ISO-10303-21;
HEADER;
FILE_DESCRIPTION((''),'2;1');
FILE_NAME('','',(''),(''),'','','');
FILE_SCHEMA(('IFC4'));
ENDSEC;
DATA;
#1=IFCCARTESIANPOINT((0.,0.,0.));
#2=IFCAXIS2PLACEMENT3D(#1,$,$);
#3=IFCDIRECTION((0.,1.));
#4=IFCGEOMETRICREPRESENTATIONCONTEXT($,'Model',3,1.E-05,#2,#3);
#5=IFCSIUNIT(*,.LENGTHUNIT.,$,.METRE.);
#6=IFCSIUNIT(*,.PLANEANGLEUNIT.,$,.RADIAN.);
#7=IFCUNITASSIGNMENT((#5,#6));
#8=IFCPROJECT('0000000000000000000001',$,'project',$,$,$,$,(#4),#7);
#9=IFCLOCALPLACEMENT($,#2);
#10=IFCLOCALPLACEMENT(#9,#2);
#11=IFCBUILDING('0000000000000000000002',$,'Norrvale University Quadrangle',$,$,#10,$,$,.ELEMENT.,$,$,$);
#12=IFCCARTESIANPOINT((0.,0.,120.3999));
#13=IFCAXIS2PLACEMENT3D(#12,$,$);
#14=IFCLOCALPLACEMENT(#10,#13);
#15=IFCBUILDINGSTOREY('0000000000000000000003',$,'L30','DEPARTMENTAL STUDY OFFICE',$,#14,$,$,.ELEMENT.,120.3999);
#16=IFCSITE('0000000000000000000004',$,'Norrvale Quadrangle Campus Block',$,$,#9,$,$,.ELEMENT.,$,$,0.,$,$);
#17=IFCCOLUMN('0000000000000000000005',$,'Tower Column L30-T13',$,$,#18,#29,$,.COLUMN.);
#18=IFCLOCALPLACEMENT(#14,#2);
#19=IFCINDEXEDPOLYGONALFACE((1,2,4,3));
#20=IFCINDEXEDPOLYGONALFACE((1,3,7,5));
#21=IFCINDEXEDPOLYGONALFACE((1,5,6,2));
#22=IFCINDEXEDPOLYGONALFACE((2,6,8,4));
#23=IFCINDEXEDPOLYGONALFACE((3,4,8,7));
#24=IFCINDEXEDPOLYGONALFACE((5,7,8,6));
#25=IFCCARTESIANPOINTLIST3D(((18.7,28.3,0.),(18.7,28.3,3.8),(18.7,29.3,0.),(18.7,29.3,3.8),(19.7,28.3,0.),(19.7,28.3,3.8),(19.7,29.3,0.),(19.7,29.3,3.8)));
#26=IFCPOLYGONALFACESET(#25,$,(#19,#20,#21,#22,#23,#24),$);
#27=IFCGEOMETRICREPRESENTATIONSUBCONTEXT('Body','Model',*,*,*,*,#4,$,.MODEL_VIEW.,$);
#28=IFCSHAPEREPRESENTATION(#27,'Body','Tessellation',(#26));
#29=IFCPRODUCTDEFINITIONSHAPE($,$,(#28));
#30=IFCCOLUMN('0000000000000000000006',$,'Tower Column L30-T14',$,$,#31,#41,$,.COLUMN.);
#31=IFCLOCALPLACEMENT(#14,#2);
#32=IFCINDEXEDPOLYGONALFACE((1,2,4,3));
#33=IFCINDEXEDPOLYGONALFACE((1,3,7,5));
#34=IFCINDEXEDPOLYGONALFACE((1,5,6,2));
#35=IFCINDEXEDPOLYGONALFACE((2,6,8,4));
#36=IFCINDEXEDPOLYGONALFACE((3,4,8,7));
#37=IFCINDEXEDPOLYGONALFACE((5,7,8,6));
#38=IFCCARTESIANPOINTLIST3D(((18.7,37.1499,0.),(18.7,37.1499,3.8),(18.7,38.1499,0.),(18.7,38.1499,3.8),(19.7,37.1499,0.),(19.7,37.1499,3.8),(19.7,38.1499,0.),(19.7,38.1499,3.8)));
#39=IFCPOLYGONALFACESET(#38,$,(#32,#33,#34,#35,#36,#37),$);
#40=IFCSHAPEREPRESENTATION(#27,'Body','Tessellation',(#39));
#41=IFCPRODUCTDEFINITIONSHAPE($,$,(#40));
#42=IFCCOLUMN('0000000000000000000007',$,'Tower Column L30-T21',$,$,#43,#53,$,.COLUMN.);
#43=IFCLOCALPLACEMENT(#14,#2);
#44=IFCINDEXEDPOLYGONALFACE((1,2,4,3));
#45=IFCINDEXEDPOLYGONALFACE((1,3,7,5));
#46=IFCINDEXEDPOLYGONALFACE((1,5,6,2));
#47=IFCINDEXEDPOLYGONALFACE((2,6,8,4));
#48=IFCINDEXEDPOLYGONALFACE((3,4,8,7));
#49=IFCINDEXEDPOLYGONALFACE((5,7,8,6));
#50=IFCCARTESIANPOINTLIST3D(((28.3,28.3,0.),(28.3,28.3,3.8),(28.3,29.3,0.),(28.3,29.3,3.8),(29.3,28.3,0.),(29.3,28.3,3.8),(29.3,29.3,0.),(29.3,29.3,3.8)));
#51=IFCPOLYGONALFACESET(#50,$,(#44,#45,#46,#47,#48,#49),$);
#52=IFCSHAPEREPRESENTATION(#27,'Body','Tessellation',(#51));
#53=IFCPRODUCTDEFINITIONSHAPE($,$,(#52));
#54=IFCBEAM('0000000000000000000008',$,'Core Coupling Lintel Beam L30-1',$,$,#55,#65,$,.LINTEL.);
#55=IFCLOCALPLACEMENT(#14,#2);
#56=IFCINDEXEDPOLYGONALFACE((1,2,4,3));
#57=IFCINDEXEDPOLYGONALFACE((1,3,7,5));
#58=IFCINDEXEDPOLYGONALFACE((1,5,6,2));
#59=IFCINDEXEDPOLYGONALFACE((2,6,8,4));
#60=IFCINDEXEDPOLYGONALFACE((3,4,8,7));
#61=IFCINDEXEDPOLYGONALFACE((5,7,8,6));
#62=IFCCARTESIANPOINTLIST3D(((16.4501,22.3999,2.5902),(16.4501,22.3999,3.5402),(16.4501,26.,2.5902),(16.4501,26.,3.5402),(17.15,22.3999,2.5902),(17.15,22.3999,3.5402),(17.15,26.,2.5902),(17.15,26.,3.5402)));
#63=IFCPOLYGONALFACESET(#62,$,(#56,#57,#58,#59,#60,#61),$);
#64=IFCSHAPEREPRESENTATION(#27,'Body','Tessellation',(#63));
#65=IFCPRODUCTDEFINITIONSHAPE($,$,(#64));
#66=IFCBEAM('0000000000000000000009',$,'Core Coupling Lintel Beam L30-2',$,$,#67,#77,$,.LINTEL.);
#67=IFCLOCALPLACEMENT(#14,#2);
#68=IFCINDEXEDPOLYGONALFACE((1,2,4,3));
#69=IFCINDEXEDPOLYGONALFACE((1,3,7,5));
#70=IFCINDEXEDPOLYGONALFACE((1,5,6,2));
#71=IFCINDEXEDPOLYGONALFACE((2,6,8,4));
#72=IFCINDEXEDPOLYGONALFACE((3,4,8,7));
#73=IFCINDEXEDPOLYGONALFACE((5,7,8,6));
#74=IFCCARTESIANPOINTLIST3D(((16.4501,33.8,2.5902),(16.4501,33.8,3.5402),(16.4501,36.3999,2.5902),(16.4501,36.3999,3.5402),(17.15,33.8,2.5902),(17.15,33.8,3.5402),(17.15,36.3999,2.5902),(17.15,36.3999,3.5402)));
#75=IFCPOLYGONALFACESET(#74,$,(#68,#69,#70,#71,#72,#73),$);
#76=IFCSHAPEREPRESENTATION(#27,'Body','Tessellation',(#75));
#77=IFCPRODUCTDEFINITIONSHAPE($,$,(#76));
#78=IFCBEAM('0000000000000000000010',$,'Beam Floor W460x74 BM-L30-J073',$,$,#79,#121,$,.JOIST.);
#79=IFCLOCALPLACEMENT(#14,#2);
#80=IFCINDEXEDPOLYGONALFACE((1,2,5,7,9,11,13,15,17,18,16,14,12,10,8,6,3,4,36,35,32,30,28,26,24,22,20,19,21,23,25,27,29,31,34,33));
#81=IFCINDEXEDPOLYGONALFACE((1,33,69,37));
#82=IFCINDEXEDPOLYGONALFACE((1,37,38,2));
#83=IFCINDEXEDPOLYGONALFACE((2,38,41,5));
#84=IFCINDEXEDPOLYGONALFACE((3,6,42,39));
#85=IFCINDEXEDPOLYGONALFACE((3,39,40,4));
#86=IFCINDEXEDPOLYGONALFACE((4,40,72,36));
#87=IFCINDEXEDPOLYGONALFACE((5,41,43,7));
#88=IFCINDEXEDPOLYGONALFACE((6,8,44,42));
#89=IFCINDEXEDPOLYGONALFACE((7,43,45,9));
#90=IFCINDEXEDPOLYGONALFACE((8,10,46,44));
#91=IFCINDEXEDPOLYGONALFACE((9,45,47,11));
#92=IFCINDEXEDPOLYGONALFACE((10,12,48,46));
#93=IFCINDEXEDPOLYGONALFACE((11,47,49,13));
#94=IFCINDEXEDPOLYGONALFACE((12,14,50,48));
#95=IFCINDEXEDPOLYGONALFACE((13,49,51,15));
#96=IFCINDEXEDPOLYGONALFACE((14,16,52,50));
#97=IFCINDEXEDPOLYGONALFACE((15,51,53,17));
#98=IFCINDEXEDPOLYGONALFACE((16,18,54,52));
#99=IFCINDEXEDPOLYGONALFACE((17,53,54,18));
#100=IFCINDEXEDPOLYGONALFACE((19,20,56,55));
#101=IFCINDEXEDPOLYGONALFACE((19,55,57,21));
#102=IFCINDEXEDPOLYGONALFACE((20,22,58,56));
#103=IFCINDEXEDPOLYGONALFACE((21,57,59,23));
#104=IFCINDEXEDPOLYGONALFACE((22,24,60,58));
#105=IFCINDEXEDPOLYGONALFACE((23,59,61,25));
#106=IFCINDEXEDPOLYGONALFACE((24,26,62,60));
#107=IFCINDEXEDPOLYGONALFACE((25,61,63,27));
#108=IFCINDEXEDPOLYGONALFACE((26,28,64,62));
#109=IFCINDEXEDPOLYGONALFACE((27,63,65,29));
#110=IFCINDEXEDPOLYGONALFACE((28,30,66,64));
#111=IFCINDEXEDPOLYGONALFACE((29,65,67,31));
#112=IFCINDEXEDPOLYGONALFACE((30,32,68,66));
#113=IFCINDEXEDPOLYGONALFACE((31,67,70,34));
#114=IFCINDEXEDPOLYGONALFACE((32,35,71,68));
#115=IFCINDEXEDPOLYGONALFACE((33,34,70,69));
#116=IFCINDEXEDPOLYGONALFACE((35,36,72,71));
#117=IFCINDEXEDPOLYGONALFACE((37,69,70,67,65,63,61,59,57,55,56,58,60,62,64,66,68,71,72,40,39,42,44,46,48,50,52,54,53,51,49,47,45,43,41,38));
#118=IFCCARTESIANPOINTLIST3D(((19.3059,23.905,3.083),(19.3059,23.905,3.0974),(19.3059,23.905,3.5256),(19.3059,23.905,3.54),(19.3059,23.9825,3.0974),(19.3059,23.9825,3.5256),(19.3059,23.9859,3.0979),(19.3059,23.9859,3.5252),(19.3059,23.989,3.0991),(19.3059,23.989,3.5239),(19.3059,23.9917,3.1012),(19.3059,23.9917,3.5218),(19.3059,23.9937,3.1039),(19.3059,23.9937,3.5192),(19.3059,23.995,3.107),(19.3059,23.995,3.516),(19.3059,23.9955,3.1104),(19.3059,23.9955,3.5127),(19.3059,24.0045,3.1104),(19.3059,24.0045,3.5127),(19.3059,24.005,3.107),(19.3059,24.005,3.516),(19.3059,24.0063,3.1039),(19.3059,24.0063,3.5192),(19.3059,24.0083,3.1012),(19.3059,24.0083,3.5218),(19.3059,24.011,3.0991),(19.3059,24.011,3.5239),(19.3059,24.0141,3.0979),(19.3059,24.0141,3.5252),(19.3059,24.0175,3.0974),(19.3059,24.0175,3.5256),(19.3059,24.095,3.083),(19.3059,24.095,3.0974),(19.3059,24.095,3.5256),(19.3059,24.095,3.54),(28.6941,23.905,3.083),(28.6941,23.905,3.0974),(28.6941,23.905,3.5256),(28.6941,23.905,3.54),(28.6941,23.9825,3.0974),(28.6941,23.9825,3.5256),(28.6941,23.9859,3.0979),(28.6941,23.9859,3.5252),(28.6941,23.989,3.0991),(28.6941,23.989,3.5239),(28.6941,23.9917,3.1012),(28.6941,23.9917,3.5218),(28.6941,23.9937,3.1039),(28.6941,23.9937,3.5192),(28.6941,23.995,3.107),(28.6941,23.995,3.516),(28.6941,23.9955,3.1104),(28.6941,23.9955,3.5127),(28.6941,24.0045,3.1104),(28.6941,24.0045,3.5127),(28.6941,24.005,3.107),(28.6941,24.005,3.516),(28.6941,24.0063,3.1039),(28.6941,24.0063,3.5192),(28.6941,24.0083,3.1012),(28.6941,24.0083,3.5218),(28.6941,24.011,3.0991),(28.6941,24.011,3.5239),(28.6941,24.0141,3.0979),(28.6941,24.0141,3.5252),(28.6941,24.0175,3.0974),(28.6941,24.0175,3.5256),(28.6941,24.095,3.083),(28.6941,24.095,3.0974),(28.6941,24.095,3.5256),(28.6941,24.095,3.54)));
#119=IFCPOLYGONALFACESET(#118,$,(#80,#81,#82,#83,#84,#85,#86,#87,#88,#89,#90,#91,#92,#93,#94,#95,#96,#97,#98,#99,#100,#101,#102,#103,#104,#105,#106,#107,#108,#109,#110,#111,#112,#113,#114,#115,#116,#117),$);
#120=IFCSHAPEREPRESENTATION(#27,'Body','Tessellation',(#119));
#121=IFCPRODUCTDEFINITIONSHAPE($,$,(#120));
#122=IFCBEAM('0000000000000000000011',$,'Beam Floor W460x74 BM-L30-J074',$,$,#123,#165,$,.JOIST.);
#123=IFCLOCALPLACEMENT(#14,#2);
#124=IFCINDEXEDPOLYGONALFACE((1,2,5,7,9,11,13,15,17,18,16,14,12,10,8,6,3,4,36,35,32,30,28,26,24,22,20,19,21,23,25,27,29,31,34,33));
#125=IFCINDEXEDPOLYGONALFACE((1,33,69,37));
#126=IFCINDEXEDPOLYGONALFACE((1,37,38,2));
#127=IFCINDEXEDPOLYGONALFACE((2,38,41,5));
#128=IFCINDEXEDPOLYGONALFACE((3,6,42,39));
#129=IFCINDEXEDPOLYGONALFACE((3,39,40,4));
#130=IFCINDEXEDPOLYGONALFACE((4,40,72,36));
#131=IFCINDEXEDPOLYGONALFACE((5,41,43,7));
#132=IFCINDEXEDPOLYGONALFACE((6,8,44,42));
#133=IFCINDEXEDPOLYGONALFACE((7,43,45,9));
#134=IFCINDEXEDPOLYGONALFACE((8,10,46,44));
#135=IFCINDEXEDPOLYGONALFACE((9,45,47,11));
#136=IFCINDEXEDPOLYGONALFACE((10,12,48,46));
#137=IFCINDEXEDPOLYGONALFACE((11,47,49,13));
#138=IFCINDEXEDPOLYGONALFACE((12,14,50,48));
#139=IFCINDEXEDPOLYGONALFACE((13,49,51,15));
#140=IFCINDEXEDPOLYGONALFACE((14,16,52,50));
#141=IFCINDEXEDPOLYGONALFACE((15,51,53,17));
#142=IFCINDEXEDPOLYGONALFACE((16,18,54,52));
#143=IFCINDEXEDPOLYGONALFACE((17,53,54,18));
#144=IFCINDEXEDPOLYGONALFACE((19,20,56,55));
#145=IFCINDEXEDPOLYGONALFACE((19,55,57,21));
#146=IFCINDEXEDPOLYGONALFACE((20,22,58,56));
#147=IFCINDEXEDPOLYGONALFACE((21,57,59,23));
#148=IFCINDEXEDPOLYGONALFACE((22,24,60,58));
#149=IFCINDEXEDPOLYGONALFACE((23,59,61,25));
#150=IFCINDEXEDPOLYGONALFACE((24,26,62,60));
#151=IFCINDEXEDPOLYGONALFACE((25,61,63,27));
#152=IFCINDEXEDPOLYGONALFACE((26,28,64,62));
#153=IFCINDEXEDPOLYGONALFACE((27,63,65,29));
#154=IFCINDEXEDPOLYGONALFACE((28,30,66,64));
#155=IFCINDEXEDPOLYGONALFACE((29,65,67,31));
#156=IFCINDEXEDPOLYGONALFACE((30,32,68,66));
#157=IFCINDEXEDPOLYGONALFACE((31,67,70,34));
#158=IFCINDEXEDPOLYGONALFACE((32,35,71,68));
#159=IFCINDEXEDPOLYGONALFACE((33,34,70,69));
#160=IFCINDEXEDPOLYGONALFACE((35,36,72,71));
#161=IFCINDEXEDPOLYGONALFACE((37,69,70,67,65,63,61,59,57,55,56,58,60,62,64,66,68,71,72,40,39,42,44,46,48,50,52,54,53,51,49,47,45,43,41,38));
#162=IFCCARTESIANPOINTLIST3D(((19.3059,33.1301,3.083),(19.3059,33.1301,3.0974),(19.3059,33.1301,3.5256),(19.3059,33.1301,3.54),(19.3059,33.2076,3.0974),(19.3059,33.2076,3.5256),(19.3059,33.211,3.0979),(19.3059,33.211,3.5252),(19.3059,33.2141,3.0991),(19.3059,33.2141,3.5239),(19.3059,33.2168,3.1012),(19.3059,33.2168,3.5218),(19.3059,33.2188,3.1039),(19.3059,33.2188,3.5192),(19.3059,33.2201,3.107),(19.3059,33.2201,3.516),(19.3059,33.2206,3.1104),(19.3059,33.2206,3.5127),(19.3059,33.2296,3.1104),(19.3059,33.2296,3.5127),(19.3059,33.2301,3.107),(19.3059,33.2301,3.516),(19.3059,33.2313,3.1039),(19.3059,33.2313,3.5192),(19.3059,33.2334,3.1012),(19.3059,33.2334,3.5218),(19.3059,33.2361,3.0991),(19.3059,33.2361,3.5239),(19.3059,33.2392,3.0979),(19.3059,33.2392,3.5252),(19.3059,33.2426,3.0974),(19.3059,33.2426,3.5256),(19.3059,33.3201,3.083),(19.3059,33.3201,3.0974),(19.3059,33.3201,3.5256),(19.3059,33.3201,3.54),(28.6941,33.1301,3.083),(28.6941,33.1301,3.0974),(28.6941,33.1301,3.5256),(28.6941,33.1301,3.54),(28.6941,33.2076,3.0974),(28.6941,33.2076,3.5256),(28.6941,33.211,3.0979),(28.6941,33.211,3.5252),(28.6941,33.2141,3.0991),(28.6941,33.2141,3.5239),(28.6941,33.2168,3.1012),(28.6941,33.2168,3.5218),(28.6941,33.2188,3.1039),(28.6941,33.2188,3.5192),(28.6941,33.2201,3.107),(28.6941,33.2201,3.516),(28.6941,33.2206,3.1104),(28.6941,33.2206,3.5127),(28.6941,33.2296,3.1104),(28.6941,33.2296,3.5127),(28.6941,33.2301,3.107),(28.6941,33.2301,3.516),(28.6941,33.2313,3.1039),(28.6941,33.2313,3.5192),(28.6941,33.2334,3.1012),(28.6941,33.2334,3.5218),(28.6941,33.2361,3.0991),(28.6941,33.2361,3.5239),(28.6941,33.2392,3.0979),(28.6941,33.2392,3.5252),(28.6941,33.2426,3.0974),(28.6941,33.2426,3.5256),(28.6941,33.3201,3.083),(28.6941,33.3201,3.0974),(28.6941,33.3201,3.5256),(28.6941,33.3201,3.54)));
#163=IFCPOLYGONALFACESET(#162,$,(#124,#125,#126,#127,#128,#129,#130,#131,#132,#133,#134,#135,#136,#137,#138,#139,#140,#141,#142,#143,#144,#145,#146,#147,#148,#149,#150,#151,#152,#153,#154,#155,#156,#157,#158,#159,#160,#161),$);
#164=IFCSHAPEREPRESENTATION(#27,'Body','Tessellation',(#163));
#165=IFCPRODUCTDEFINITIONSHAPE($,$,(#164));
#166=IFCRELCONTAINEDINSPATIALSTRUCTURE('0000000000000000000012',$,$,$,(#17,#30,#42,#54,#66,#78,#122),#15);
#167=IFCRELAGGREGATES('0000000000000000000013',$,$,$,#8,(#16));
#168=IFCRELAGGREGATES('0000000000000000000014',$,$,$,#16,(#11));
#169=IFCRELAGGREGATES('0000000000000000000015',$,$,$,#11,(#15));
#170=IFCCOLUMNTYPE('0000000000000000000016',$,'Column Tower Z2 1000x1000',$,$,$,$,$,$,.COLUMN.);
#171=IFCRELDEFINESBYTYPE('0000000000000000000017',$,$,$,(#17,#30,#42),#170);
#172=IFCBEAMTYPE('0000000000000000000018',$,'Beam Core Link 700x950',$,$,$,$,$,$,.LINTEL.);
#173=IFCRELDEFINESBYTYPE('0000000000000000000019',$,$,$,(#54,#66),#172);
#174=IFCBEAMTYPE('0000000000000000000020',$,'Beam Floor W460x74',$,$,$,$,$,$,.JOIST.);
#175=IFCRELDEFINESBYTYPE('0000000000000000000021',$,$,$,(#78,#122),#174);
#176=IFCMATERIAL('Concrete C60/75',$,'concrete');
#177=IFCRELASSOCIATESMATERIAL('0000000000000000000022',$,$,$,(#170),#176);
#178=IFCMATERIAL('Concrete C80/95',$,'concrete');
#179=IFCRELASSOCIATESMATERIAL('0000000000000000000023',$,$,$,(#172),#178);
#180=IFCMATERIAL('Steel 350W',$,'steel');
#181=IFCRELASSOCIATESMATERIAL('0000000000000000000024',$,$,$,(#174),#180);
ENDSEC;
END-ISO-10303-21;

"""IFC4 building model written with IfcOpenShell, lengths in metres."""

from ifc_helpers import new_model, si_unit, direction, frame, origin, origin_2d, place, context, subcontext, project, spatial, rectangle, i_section, extrude, material, material_profile, profile_set, type_object, element, save


model = new_model("IFC4")

# Units and contexts
model_context = context("Model", 3, precision=1e-05, world=origin(), true_north=direction((0.0, 1.0)))
body_context = subcontext(model_context, "Body", "Model", "MODEL_VIEW")
ifc_project = project(units=[si_unit("LENGTHUNIT", "METRE"), si_unit("PLANEANGLEUNIT", "RADIAN")], contexts=[model_context])

# Site, building, storey
site_placement = place(None, origin())
site = spatial("IfcSite", under=ifc_project, at=site_placement, Name="Norrvale Quadrangle Campus Block", CompositionType="ELEMENT", RefElevation=0.0)
building_placement = place(site_placement, origin())
building = spatial("IfcBuilding", under=site, at=building_placement, Name="Norrvale University Quadrangle", CompositionType="ELEMENT")
storey_placement = place(building_placement, frame((0.0, 0.0, 120.3999)))
storey = spatial("IfcBuildingStorey", under=building, at=storey_placement, Name="L30", Description="DEPARTMENTAL STUDY OFFICE", CompositionType="ELEMENT", Elevation=120.3999)

# Columns
ifc_material_1 = material(Name="Concrete C60/75", Category="concrete")
ifc_material_profile_1 = material_profile(ifc_material_1, rectangle(XDim=1.0, YDim=1.0, at=origin_2d()), Name="Concrete C60/75")
ifc_profile_set_1 = profile_set([ifc_material_profile_1], Name="Concrete C60/75")
column_type = type_object("IfcColumnType", Name="Column Tower Z2 1000x1000", PredefinedType="COLUMN", material=ifc_profile_set_1)
for number, where, z_axis, x_axis, name in (
    (1, (19.2, 28.8, 0.0), (0.0, 0.0, 1.0), (1.0, 0.0, 0.0), "Tower Column L30-T13"),
    (2, (19.2, 37.6499, 0.0), (0.0, 0.0, 1.0), (1.0, 0.0, 0.0), "Tower Column L30-T14"),
    (3, (28.8, 28.8, 0.0), (0.0, 0.0, 1.0), (1.0, 0.0, 0.0), "Tower Column L30-T21"),
):
    element("IfcColumn", number, at=place(storey_placement, frame(where, z_axis=z_axis, x_axis=x_axis)), inside=storey, type_object=column_type, Name=name, PredefinedType="COLUMN", context=body_context, shape_type="SweptSolid", body=[
        extrude(rectangle(XDim=1.0, YDim=1.0, at=origin_2d()), origin(), (0.0, 0.0, 1.0), 3.8),
    ])

# Beams
ifc_material_2 = material(Name="Concrete C80/95", Category="concrete")
ifc_material_profile_2 = material_profile(ifc_material_2, rectangle(XDim=0.7, YDim=0.95, at=origin_2d()), Name="Concrete C80/95")
ifc_profile_set_2 = profile_set([ifc_material_profile_2], Name="Concrete C80/95")
beam_type_1 = type_object("IfcBeamType", Name="Beam Core Link 700x950", PredefinedType="LINTEL", material=ifc_profile_set_2)
beam_1_placement = place(storey_placement, frame((16.8, 22.3999, 3.0652), z_axis=(0.0, 1.0, 0.0), x_axis=(-1.0, 0.0, 0.0)))
element("IfcBeam", 4, at=beam_1_placement, inside=storey, type_object=beam_type_1, Name="Core Coupling Lintel Beam L30-1", PredefinedType="LINTEL", context=body_context, shape_type="SweptSolid", body=[
    extrude(rectangle(XDim=0.7, YDim=0.95, at=origin_2d()), origin(), (0.0, 0.0, 1.0), 3.6001),
])
beam_2_placement = place(storey_placement, frame((16.8, 33.8, 3.0652), z_axis=(0.0, 1.0, 0.0), x_axis=(-1.0, 0.0, 0.0)))
element("IfcBeam", 5, at=beam_2_placement, inside=storey, type_object=beam_type_1, Name="Core Coupling Lintel Beam L30-2", PredefinedType="LINTEL", context=body_context, shape_type="SweptSolid", body=[
    extrude(rectangle(XDim=0.7, YDim=0.95, at=origin_2d()), origin(), (0.0, 0.0, 1.0), 2.5999),
])
ifc_material_3 = material(Name="Steel 350W", Category="steel")
ifc_material_profile_3 = material_profile(ifc_material_3, i_section(OverallWidth=0.1899, OverallDepth=0.457, WebThickness=0.009, FlangeThickness=0.0144, FilletRadius=0.0129, at=origin_2d()), Name="Steel 350W")
ifc_profile_set_3 = profile_set([ifc_material_profile_3], Name="Steel 350W")
beam_type_2 = type_object("IfcBeamType", Name="Beam Floor W460x74", PredefinedType="JOIST", material=ifc_profile_set_3)
for number, where, z_axis, x_axis, name in (
    (6, (19.3059, 24.0, 3.3115), (1.0, 0.0, 0.0), (0.0, 1.0, 0.0), "Beam Floor W460x74 BM-L30-J073"),
    (7, (19.3059, 33.2251, 3.3115), (1.0, 0.0, 0.0), (0.0, 1.0, 0.0), "Beam Floor W460x74 BM-L30-J074"),
):
    element("IfcBeam", number, at=place(storey_placement, frame(where, z_axis=z_axis, x_axis=x_axis)), inside=storey, type_object=beam_type_2, Name=name, PredefinedType="JOIST", context=body_context, shape_type="SweptSolid", body=[
        extrude(i_section(OverallWidth=0.1899, OverallDepth=0.457, WebThickness=0.009, FlangeThickness=0.0144, FilletRadius=0.0129, at=origin_2d()), origin(), (0.0, 0.0, 1.0), 9.3882),
    ])

save(model, "model.ifc")
